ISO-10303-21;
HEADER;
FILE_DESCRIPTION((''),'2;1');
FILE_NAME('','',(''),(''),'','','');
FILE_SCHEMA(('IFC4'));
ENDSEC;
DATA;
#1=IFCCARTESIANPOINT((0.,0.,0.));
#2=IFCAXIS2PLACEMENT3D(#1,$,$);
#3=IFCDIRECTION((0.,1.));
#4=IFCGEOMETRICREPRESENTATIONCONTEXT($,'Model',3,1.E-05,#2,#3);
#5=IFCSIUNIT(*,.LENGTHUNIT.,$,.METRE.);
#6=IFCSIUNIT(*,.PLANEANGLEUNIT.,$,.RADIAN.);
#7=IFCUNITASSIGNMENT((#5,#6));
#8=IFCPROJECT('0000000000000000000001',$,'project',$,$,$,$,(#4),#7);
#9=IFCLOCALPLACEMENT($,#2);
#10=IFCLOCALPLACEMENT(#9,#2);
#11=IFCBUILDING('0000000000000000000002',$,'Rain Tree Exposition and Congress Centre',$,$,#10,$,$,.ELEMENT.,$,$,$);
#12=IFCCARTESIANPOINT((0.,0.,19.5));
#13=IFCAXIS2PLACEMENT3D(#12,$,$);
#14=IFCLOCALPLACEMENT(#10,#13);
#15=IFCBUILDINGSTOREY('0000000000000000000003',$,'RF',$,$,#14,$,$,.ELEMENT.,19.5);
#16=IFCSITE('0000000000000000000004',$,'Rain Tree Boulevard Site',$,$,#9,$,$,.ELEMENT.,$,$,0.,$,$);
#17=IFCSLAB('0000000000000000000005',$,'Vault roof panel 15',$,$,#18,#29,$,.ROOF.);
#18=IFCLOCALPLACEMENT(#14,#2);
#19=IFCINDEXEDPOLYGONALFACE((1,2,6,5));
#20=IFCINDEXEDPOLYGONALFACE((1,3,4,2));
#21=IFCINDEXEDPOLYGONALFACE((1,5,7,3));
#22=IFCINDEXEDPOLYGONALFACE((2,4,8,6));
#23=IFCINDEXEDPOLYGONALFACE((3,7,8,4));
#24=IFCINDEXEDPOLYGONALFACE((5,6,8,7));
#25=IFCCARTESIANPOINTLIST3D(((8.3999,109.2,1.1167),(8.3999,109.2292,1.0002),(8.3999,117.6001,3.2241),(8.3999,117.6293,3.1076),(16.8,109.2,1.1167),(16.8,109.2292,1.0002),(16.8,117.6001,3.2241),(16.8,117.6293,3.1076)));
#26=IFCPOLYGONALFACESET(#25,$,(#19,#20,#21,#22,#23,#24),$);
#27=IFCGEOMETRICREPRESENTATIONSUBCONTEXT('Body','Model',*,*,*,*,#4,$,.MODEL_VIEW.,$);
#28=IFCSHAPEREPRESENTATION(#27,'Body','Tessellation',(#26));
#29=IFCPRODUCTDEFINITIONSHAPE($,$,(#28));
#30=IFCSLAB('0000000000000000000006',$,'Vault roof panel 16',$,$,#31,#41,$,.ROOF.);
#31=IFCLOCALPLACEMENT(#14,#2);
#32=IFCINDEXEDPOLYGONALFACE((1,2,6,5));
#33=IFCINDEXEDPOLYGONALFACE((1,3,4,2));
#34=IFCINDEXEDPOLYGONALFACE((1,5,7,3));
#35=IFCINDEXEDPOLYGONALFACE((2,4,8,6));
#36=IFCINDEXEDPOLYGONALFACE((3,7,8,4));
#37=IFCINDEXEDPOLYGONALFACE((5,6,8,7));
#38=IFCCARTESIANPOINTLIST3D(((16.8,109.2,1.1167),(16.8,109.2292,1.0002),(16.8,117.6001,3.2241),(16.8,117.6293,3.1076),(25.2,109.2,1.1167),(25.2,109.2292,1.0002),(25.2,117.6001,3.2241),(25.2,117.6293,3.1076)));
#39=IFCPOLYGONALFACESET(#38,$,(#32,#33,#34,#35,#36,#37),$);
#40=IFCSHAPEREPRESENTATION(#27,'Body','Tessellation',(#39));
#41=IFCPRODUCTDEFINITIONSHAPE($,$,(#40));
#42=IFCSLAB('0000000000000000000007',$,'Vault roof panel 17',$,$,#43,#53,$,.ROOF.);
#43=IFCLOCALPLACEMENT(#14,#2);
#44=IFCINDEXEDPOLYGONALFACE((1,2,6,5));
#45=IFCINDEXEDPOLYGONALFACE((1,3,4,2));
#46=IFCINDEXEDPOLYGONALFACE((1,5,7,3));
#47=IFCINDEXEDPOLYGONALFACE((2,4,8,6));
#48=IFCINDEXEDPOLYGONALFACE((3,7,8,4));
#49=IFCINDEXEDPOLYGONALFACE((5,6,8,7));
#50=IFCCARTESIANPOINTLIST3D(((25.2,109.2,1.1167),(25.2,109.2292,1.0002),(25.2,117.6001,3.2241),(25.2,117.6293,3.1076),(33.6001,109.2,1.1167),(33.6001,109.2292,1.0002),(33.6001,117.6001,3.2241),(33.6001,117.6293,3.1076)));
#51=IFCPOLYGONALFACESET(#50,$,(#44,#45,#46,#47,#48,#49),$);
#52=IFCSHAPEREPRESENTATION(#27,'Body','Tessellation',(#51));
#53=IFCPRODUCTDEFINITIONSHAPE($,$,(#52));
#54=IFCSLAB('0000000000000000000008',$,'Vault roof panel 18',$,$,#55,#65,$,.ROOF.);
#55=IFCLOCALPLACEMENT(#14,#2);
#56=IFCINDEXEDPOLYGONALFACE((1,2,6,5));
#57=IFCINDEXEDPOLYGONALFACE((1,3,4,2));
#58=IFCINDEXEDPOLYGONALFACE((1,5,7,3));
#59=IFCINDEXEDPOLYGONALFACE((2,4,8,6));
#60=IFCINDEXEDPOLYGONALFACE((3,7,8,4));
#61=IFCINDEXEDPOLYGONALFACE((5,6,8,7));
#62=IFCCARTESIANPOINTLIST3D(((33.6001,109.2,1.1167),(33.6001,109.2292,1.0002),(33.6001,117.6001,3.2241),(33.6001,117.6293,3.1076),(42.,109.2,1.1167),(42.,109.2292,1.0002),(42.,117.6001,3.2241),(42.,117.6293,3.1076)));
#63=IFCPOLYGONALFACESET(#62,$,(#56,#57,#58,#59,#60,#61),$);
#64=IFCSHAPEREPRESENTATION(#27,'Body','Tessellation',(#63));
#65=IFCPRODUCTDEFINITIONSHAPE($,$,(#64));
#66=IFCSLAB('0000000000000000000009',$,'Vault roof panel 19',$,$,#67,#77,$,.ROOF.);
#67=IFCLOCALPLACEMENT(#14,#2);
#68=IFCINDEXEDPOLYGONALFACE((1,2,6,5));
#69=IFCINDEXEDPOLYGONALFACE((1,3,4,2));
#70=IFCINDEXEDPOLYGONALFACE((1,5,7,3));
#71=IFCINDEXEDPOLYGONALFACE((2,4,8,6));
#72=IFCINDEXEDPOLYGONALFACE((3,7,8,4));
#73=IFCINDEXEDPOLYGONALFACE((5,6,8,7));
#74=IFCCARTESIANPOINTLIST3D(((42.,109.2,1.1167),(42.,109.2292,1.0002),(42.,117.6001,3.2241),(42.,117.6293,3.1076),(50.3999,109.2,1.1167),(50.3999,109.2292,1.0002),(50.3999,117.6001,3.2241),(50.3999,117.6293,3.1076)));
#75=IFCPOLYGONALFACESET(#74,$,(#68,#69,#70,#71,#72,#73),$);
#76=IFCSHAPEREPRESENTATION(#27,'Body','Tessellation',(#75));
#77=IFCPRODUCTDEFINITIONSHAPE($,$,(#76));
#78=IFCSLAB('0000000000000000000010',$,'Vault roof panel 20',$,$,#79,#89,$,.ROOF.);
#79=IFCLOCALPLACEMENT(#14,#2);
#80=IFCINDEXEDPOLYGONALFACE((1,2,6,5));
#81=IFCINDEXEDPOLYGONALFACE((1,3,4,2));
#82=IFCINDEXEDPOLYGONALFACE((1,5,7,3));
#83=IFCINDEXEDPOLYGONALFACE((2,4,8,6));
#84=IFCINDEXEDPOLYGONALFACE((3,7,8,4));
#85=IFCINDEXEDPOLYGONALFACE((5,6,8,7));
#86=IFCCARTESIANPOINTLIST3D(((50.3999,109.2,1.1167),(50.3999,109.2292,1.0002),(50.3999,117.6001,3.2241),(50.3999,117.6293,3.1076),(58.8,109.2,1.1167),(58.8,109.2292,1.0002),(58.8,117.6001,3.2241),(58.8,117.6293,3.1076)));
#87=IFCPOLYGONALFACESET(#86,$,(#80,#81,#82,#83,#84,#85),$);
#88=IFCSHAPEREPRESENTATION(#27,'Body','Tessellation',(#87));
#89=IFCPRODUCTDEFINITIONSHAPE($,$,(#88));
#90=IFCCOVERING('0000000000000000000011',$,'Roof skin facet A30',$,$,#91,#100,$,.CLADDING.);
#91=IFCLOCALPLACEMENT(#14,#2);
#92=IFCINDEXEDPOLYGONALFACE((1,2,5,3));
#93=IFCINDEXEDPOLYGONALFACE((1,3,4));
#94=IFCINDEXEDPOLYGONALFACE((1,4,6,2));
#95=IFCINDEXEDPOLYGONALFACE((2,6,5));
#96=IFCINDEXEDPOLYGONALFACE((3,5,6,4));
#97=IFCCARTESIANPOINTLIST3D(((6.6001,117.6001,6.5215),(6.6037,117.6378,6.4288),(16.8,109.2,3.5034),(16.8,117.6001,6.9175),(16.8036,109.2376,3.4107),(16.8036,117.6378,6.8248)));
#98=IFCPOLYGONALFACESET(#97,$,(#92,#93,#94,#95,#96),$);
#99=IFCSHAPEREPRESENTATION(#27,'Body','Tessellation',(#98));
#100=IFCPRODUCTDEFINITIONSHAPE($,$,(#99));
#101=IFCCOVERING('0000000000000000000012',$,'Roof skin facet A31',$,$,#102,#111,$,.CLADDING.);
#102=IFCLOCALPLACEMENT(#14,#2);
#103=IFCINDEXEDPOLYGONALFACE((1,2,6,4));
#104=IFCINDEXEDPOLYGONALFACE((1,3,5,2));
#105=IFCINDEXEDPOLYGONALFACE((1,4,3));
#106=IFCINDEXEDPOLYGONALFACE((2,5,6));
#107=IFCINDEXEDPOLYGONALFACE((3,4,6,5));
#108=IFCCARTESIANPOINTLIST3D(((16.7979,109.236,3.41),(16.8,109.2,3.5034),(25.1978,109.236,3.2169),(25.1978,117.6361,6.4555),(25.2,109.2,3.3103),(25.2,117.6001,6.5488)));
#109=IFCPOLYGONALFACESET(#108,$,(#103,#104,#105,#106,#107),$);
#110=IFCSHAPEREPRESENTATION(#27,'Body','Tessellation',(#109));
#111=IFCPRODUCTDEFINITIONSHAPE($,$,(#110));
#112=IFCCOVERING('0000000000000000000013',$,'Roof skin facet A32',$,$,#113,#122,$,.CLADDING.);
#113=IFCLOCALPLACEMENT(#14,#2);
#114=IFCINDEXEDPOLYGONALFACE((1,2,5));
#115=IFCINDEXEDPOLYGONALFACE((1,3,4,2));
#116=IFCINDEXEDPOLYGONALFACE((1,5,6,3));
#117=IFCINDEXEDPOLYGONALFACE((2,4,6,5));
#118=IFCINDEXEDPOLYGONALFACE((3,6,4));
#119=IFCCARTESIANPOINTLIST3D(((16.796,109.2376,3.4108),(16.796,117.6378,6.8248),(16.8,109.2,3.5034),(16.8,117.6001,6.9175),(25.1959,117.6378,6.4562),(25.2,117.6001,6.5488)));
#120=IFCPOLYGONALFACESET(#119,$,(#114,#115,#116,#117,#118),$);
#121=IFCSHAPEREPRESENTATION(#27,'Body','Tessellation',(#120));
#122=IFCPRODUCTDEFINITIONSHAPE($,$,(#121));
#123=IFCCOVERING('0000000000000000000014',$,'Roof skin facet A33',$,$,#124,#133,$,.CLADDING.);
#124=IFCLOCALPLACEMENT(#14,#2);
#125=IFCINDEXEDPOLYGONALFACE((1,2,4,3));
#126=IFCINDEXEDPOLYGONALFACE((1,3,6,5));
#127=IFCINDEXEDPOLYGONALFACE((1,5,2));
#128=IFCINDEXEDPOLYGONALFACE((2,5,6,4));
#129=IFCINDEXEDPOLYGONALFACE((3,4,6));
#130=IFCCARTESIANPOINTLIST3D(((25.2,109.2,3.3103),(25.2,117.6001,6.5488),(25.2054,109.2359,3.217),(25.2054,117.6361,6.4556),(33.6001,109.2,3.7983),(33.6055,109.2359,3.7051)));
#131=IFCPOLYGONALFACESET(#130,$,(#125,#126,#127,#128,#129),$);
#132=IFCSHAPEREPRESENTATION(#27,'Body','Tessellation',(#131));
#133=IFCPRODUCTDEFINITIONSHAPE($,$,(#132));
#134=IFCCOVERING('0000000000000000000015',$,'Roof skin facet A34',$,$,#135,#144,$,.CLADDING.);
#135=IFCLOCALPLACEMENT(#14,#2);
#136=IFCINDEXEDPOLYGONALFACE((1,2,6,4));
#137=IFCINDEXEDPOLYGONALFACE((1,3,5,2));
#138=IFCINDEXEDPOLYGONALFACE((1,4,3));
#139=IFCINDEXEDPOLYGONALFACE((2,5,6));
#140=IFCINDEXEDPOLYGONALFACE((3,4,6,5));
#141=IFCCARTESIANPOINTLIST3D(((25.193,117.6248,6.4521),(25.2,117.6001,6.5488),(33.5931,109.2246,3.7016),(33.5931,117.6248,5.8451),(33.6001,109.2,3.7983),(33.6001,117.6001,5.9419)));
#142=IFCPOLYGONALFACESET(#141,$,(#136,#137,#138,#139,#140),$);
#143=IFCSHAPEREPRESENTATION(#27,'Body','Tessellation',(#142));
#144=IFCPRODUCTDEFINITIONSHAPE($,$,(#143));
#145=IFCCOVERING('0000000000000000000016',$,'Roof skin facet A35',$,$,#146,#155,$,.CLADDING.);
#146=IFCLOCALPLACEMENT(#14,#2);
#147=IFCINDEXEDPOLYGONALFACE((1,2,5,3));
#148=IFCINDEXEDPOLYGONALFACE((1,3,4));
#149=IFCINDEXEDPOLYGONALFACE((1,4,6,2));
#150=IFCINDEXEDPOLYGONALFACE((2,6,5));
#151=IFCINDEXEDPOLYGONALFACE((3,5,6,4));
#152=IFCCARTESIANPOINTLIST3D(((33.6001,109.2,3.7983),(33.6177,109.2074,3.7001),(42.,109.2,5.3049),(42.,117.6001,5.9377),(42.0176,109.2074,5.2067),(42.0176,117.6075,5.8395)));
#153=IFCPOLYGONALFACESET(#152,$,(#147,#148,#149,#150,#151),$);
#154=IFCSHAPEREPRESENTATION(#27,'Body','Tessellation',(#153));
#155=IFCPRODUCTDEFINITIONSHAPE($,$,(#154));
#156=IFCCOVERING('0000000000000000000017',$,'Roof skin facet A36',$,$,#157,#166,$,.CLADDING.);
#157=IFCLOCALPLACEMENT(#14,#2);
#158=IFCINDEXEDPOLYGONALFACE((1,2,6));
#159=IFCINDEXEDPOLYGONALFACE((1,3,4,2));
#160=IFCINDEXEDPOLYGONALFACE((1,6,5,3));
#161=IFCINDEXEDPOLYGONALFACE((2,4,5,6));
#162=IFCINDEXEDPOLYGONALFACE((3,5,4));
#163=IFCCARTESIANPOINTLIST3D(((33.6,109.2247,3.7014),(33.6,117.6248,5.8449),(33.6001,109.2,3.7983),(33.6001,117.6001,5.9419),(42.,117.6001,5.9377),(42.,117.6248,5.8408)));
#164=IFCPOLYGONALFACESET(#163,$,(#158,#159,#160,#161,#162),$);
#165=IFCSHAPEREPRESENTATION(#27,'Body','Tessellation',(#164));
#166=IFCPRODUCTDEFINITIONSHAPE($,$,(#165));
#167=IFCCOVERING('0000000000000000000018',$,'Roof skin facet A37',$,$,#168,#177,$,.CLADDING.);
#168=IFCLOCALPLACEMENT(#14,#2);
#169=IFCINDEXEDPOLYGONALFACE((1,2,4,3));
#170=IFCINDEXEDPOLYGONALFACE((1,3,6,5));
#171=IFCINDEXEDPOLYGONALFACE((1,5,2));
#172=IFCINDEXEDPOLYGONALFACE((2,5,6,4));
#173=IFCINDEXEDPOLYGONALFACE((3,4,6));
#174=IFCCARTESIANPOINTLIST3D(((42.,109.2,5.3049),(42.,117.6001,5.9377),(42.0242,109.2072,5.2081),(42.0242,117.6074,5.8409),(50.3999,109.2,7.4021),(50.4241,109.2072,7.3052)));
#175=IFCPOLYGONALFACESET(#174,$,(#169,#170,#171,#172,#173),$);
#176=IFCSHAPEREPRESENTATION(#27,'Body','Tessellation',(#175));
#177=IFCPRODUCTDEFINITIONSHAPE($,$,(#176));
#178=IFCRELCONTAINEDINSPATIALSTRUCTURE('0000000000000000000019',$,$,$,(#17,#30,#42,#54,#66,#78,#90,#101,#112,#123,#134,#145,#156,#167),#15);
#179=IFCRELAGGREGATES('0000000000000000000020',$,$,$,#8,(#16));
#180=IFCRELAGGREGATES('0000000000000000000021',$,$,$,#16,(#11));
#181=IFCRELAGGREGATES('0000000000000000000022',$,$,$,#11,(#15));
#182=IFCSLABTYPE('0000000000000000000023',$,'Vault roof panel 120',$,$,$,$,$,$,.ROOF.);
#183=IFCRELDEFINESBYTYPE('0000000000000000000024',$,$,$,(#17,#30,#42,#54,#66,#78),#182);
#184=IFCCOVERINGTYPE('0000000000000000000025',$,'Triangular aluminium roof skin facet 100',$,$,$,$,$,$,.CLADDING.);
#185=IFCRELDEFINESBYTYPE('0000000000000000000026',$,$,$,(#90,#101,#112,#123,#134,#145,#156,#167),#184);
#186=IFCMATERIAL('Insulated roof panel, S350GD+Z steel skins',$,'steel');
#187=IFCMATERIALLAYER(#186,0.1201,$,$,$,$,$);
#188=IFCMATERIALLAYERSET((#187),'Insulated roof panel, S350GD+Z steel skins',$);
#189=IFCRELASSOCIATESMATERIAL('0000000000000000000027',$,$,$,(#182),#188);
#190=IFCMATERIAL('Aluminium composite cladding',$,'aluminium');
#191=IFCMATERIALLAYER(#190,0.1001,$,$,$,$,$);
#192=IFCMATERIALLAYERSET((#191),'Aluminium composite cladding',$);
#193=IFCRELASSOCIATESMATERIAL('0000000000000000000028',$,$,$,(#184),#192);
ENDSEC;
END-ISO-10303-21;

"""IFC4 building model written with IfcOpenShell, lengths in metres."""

from ifc_helpers import new_model, si_unit, direction, frame, origin, place, context, subcontext, project, spatial, polyline, outline, extrude, material, layer, layer_set, type_object, element, save


model = new_model("IFC4")

# Units and contexts
model_context = context("Model", 3, precision=1e-05, world=origin(), true_north=direction((0.0, 1.0)))
body_context = subcontext(model_context, "Body", "Model", "MODEL_VIEW")
ifc_project = project(units=[si_unit("LENGTHUNIT", "METRE"), si_unit("PLANEANGLEUNIT", "RADIAN")], contexts=[model_context])

# Site, building, storey
site_placement = place(None, origin())
site = spatial("IfcSite", under=ifc_project, at=site_placement, Name="Rain Tree Boulevard Site", CompositionType="ELEMENT", RefElevation=0.0)
building_placement = place(site_placement, origin())
building = spatial("IfcBuilding", under=site, at=building_placement, Name="Rain Tree Exposition and Congress Centre", CompositionType="ELEMENT")
storey_placement = place(building_placement, frame((0.0, 0.0, 19.5)))
storey = spatial("IfcBuildingStorey", under=building, at=storey_placement, Name="RF", CompositionType="ELEMENT", Elevation=19.5)

# Slabs
ifc_material_1 = material(Name="Insulated roof panel, S350GD+Z steel skins", Category="steel")
ifc_layer_1 = layer(ifc_material_1, 0.1201)
ifc_layer_set_1 = layer_set([ifc_layer_1], Name="Insulated roof panel, S350GD+Z steel skins")
slab_type = type_object("IfcSlabType", Name="Vault roof panel 120", PredefinedType="ROOF", material=ifc_layer_set_1)
slab_1_placement = place(storey_placement, frame((8.3999, 109.2, 1.1167), z_axis=(0.0, -0.243338, 0.969942), x_axis=(1.0, 0.0, 0.0)))
element("IfcSlab", 1, at=slab_1_placement, inside=storey, type_object=slab_type, Name="Vault roof panel 15", PredefinedType="ROOF", context=body_context, shape_type="SweptSolid", body=[
    extrude(outline(polyline([(0.0, 0.0), (8.4001, 0.0), (8.4001, 8.6605), (0.0, 8.6605), (0.0, 0.0)])), origin(), (0.0, 0.0, -1.0), 0.1201),
])
slab_2_placement = place(storey_placement, frame((16.8, 109.2, 1.1167), z_axis=(0.0, -0.243338, 0.969942), x_axis=(1.0, 0.0, 0.0)))
element("IfcSlab", 2, at=slab_2_placement, inside=storey, type_object=slab_type, Name="Vault roof panel 16", PredefinedType="ROOF", context=body_context, shape_type="SweptSolid", body=[
    extrude(outline(polyline([(0.0, 0.0), (8.3999, 0.0), (8.3999, 8.6605), (0.0, 8.6605), (0.0, 0.0)])), origin(), (0.0, 0.0, -1.0), 0.1201),
])
slab_3_placement = place(storey_placement, frame((25.2, 109.2, 1.1167), z_axis=(0.0, -0.243338, 0.969942), x_axis=(1.0, 0.0, 0.0)))
element("IfcSlab", 3, at=slab_3_placement, inside=storey, type_object=slab_type, Name="Vault roof panel 17", PredefinedType="ROOF", context=body_context, shape_type="SweptSolid", body=[
    extrude(outline(polyline([(0.0, 0.0), (8.4001, 0.0), (8.4001, 8.6605), (0.0, 8.6605), (0.0, 0.0)])), origin(), (0.0, 0.0, -1.0), 0.1201),
])
for number, where, z_axis, x_axis, name in (
    (4, (33.6001, 109.2, 1.1167), (0.0, -0.243338, 0.969942), (1.0, 0.0, 0.0), "Vault roof panel 18"),
    (5, (42.0, 109.2, 1.1167), (0.0, -0.243338, 0.969942), (1.0, 0.0, 0.0), "Vault roof panel 19"),
):
    element("IfcSlab", number, at=place(storey_placement, frame(where, z_axis=z_axis, x_axis=x_axis)), inside=storey, type_object=slab_type, Name=name, PredefinedType="ROOF", context=body_context, shape_type="SweptSolid", body=[
        extrude(outline(polyline([(0.0, 0.0), (8.3999, 0.0), (8.3999, 8.6605), (0.0, 8.6605), (0.0, 0.0)])), origin(), (0.0, 0.0, -1.0), 0.1201),
    ])
slab_4_placement = place(storey_placement, frame((50.3999, 109.2, 1.1167), z_axis=(0.0, -0.243338, 0.969942), x_axis=(1.0, 0.0, 0.0)))
element("IfcSlab", 6, at=slab_4_placement, inside=storey, type_object=slab_type, Name="Vault roof panel 20", PredefinedType="ROOF", context=body_context, shape_type="SweptSolid", body=[
    extrude(outline(polyline([(0.0, 0.0), (8.4001, 0.0), (8.4001, 8.6605), (0.0, 8.6605), (0.0, 0.0)])), origin(), (0.0, 0.0, -1.0), 0.1201),
])

# Coverings
ifc_material_2 = material(Name="Aluminium composite cladding", Category="aluminium")
ifc_layer_2 = layer(ifc_material_2, 0.1001)
ifc_layer_set_2 = layer_set([ifc_layer_2], Name="Aluminium composite cladding")
covering_type = type_object("IfcCoveringType", Name="Triangular aluminium roof skin facet 100", PredefinedType="CLADDING", material=ifc_layer_set_2)
covering_1_placement = place(storey_placement, frame((16.8, 109.2, 3.5034), z_axis=(-0.035943, -0.376276, 0.92581), x_axis=(0.0, 0.926409, 0.376519)))
element("IfcCovering", 7, at=covering_1_placement, inside=storey, type_object=covering_type, Name="Roof skin facet A30", PredefinedType="CLADDING", context=body_context, shape_type="SweptSolid", body=[
    extrude(outline(polyline([(0.0, 0.0), (9.0674, 0.0), (8.9183, 10.2065), (0.0, 0.0)])), origin(), (0.0, 0.0, -1.0), 0.1001),
])
covering_2_placement = place(storey_placement, frame((16.8, 109.2, 3.5034), z_axis=(0.021446, -0.359641, 0.932844), x_axis=(0.999736, 0.0, -0.022984)))
element("IfcCovering", 8, at=covering_2_placement, inside=storey, type_object=covering_type, Name="Roof skin facet A31", PredefinedType="CLADDING", context=body_context, shape_type="SweptSolid", body=[
    extrude(outline(polyline([(0.0, 0.0), (8.4021, 0.0), (8.3277, 9.0025), (0.0, 0.0)])), origin(), (0.0, 0.0, -1.0), 0.1001),
])
covering_3_placement = place(storey_placement, frame((16.8, 109.2, 3.5034), z_axis=(0.040624, -0.376208, 0.925644), x_axis=(0.684947, 0.684967, 0.24833)))
element("IfcCovering", 9, at=covering_3_placement, inside=storey, type_object=covering_type, Name="Roof skin facet A32", PredefinedType="CLADDING", context=body_context, shape_type="SweptSolid", body=[
    extrude(outline(polyline([(0.0, 0.0), (12.2636, 0.0), (6.6016, 6.2158), (0.0, 0.0)])), origin(), (0.0, 0.0, -1.0), 0.1001),
])
covering_4_placement = place(storey_placement, frame((25.2, 109.2, 3.3103), z_axis=(-0.05413, -0.359197, 0.931691), x_axis=(0.998317, 0.0, 0.058001)))
element("IfcCovering", 10, at=covering_4_placement, inside=storey, type_object=covering_type, Name="Roof skin facet A33", PredefinedType="CLADDING", context=body_context, shape_type="SweptSolid", body=[
    extrude(outline(polyline([(0.0, 0.0), (8.4143, 0.0), (0.1878, 9.0008), (0.0, 0.0)])), origin(), (0.0, 0.0, -1.0), 0.1001),
])
covering_5_placement = place(storey_placement, frame((33.6001, 109.2, 3.7983), z_axis=(0.069838, -0.246654, 0.966584), x_axis=(0.0, 0.96895, 0.247257)))
element("IfcCovering", 11, at=covering_5_placement, inside=storey, type_object=covering_type, Name="Roof skin facet A34", PredefinedType="CLADDING", context=body_context, shape_type="SweptSolid", body=[
    extrude(outline(polyline([(0.0, 0.0), (8.6693, 0.0), (8.8194, 8.4207), (0.0, 0.0)])), origin(), (0.0, 0.0, -1.0), 0.1001),
])
covering_6_placement = place(storey_placement, frame((33.6001, 109.2, 3.7983), z_axis=(-0.176058, -0.073947, 0.981598), x_axis=(0.984293, 0.0, 0.176541)))
element("IfcCovering", 12, at=covering_6_placement, inside=storey, type_object=covering_type, Name="Roof skin facet A35", PredefinedType="CLADDING", context=body_context, shape_type="SweptSolid", body=[
    extrude(outline(polyline([(0.0, 0.0), (8.5339, 0.0), (8.6457, 8.4232), (0.0, 0.0)])), origin(), (0.0, 0.0, -1.0), 0.1001),
])
covering_7_placement = place(storey_placement, frame((33.6001, 109.2, 3.7983), z_axis=(0.000479, -0.247257, 0.96895), x_axis=(0.695901, 0.695922, 0.177242)))
element("IfcCovering", 13, at=covering_7_placement, inside=storey, type_object=covering_type, Name="Roof skin facet A36", PredefinedType="CLADDING", context=body_context, shape_type="SweptSolid", body=[
    extrude(outline(polyline([(0.0, 0.0), (12.0705, 0.0), (6.2258, 6.033), (0.0, 0.0)])), origin(), (0.0, 0.0, -1.0), 0.1001),
])
covering_8_placement = place(storey_placement, frame((42.0, 109.2, 5.3049), z_axis=(-0.241586, -0.072896, 0.967638), x_axis=(0.970219, 0.0, 0.24223)))
element("IfcCovering", 14, at=covering_8_placement, inside=storey, type_object=covering_type, Name="Roof skin facet A37", PredefinedType="CLADDING", context=body_context, shape_type="SweptSolid", body=[
    extrude(outline(polyline([(0.0, 0.0), (8.6577, 0.0), (0.1533, 8.4226), (0.0, 0.0)])), origin(), (0.0, 0.0, -1.0), 0.1001),
])

save(model, "model.ifc")
